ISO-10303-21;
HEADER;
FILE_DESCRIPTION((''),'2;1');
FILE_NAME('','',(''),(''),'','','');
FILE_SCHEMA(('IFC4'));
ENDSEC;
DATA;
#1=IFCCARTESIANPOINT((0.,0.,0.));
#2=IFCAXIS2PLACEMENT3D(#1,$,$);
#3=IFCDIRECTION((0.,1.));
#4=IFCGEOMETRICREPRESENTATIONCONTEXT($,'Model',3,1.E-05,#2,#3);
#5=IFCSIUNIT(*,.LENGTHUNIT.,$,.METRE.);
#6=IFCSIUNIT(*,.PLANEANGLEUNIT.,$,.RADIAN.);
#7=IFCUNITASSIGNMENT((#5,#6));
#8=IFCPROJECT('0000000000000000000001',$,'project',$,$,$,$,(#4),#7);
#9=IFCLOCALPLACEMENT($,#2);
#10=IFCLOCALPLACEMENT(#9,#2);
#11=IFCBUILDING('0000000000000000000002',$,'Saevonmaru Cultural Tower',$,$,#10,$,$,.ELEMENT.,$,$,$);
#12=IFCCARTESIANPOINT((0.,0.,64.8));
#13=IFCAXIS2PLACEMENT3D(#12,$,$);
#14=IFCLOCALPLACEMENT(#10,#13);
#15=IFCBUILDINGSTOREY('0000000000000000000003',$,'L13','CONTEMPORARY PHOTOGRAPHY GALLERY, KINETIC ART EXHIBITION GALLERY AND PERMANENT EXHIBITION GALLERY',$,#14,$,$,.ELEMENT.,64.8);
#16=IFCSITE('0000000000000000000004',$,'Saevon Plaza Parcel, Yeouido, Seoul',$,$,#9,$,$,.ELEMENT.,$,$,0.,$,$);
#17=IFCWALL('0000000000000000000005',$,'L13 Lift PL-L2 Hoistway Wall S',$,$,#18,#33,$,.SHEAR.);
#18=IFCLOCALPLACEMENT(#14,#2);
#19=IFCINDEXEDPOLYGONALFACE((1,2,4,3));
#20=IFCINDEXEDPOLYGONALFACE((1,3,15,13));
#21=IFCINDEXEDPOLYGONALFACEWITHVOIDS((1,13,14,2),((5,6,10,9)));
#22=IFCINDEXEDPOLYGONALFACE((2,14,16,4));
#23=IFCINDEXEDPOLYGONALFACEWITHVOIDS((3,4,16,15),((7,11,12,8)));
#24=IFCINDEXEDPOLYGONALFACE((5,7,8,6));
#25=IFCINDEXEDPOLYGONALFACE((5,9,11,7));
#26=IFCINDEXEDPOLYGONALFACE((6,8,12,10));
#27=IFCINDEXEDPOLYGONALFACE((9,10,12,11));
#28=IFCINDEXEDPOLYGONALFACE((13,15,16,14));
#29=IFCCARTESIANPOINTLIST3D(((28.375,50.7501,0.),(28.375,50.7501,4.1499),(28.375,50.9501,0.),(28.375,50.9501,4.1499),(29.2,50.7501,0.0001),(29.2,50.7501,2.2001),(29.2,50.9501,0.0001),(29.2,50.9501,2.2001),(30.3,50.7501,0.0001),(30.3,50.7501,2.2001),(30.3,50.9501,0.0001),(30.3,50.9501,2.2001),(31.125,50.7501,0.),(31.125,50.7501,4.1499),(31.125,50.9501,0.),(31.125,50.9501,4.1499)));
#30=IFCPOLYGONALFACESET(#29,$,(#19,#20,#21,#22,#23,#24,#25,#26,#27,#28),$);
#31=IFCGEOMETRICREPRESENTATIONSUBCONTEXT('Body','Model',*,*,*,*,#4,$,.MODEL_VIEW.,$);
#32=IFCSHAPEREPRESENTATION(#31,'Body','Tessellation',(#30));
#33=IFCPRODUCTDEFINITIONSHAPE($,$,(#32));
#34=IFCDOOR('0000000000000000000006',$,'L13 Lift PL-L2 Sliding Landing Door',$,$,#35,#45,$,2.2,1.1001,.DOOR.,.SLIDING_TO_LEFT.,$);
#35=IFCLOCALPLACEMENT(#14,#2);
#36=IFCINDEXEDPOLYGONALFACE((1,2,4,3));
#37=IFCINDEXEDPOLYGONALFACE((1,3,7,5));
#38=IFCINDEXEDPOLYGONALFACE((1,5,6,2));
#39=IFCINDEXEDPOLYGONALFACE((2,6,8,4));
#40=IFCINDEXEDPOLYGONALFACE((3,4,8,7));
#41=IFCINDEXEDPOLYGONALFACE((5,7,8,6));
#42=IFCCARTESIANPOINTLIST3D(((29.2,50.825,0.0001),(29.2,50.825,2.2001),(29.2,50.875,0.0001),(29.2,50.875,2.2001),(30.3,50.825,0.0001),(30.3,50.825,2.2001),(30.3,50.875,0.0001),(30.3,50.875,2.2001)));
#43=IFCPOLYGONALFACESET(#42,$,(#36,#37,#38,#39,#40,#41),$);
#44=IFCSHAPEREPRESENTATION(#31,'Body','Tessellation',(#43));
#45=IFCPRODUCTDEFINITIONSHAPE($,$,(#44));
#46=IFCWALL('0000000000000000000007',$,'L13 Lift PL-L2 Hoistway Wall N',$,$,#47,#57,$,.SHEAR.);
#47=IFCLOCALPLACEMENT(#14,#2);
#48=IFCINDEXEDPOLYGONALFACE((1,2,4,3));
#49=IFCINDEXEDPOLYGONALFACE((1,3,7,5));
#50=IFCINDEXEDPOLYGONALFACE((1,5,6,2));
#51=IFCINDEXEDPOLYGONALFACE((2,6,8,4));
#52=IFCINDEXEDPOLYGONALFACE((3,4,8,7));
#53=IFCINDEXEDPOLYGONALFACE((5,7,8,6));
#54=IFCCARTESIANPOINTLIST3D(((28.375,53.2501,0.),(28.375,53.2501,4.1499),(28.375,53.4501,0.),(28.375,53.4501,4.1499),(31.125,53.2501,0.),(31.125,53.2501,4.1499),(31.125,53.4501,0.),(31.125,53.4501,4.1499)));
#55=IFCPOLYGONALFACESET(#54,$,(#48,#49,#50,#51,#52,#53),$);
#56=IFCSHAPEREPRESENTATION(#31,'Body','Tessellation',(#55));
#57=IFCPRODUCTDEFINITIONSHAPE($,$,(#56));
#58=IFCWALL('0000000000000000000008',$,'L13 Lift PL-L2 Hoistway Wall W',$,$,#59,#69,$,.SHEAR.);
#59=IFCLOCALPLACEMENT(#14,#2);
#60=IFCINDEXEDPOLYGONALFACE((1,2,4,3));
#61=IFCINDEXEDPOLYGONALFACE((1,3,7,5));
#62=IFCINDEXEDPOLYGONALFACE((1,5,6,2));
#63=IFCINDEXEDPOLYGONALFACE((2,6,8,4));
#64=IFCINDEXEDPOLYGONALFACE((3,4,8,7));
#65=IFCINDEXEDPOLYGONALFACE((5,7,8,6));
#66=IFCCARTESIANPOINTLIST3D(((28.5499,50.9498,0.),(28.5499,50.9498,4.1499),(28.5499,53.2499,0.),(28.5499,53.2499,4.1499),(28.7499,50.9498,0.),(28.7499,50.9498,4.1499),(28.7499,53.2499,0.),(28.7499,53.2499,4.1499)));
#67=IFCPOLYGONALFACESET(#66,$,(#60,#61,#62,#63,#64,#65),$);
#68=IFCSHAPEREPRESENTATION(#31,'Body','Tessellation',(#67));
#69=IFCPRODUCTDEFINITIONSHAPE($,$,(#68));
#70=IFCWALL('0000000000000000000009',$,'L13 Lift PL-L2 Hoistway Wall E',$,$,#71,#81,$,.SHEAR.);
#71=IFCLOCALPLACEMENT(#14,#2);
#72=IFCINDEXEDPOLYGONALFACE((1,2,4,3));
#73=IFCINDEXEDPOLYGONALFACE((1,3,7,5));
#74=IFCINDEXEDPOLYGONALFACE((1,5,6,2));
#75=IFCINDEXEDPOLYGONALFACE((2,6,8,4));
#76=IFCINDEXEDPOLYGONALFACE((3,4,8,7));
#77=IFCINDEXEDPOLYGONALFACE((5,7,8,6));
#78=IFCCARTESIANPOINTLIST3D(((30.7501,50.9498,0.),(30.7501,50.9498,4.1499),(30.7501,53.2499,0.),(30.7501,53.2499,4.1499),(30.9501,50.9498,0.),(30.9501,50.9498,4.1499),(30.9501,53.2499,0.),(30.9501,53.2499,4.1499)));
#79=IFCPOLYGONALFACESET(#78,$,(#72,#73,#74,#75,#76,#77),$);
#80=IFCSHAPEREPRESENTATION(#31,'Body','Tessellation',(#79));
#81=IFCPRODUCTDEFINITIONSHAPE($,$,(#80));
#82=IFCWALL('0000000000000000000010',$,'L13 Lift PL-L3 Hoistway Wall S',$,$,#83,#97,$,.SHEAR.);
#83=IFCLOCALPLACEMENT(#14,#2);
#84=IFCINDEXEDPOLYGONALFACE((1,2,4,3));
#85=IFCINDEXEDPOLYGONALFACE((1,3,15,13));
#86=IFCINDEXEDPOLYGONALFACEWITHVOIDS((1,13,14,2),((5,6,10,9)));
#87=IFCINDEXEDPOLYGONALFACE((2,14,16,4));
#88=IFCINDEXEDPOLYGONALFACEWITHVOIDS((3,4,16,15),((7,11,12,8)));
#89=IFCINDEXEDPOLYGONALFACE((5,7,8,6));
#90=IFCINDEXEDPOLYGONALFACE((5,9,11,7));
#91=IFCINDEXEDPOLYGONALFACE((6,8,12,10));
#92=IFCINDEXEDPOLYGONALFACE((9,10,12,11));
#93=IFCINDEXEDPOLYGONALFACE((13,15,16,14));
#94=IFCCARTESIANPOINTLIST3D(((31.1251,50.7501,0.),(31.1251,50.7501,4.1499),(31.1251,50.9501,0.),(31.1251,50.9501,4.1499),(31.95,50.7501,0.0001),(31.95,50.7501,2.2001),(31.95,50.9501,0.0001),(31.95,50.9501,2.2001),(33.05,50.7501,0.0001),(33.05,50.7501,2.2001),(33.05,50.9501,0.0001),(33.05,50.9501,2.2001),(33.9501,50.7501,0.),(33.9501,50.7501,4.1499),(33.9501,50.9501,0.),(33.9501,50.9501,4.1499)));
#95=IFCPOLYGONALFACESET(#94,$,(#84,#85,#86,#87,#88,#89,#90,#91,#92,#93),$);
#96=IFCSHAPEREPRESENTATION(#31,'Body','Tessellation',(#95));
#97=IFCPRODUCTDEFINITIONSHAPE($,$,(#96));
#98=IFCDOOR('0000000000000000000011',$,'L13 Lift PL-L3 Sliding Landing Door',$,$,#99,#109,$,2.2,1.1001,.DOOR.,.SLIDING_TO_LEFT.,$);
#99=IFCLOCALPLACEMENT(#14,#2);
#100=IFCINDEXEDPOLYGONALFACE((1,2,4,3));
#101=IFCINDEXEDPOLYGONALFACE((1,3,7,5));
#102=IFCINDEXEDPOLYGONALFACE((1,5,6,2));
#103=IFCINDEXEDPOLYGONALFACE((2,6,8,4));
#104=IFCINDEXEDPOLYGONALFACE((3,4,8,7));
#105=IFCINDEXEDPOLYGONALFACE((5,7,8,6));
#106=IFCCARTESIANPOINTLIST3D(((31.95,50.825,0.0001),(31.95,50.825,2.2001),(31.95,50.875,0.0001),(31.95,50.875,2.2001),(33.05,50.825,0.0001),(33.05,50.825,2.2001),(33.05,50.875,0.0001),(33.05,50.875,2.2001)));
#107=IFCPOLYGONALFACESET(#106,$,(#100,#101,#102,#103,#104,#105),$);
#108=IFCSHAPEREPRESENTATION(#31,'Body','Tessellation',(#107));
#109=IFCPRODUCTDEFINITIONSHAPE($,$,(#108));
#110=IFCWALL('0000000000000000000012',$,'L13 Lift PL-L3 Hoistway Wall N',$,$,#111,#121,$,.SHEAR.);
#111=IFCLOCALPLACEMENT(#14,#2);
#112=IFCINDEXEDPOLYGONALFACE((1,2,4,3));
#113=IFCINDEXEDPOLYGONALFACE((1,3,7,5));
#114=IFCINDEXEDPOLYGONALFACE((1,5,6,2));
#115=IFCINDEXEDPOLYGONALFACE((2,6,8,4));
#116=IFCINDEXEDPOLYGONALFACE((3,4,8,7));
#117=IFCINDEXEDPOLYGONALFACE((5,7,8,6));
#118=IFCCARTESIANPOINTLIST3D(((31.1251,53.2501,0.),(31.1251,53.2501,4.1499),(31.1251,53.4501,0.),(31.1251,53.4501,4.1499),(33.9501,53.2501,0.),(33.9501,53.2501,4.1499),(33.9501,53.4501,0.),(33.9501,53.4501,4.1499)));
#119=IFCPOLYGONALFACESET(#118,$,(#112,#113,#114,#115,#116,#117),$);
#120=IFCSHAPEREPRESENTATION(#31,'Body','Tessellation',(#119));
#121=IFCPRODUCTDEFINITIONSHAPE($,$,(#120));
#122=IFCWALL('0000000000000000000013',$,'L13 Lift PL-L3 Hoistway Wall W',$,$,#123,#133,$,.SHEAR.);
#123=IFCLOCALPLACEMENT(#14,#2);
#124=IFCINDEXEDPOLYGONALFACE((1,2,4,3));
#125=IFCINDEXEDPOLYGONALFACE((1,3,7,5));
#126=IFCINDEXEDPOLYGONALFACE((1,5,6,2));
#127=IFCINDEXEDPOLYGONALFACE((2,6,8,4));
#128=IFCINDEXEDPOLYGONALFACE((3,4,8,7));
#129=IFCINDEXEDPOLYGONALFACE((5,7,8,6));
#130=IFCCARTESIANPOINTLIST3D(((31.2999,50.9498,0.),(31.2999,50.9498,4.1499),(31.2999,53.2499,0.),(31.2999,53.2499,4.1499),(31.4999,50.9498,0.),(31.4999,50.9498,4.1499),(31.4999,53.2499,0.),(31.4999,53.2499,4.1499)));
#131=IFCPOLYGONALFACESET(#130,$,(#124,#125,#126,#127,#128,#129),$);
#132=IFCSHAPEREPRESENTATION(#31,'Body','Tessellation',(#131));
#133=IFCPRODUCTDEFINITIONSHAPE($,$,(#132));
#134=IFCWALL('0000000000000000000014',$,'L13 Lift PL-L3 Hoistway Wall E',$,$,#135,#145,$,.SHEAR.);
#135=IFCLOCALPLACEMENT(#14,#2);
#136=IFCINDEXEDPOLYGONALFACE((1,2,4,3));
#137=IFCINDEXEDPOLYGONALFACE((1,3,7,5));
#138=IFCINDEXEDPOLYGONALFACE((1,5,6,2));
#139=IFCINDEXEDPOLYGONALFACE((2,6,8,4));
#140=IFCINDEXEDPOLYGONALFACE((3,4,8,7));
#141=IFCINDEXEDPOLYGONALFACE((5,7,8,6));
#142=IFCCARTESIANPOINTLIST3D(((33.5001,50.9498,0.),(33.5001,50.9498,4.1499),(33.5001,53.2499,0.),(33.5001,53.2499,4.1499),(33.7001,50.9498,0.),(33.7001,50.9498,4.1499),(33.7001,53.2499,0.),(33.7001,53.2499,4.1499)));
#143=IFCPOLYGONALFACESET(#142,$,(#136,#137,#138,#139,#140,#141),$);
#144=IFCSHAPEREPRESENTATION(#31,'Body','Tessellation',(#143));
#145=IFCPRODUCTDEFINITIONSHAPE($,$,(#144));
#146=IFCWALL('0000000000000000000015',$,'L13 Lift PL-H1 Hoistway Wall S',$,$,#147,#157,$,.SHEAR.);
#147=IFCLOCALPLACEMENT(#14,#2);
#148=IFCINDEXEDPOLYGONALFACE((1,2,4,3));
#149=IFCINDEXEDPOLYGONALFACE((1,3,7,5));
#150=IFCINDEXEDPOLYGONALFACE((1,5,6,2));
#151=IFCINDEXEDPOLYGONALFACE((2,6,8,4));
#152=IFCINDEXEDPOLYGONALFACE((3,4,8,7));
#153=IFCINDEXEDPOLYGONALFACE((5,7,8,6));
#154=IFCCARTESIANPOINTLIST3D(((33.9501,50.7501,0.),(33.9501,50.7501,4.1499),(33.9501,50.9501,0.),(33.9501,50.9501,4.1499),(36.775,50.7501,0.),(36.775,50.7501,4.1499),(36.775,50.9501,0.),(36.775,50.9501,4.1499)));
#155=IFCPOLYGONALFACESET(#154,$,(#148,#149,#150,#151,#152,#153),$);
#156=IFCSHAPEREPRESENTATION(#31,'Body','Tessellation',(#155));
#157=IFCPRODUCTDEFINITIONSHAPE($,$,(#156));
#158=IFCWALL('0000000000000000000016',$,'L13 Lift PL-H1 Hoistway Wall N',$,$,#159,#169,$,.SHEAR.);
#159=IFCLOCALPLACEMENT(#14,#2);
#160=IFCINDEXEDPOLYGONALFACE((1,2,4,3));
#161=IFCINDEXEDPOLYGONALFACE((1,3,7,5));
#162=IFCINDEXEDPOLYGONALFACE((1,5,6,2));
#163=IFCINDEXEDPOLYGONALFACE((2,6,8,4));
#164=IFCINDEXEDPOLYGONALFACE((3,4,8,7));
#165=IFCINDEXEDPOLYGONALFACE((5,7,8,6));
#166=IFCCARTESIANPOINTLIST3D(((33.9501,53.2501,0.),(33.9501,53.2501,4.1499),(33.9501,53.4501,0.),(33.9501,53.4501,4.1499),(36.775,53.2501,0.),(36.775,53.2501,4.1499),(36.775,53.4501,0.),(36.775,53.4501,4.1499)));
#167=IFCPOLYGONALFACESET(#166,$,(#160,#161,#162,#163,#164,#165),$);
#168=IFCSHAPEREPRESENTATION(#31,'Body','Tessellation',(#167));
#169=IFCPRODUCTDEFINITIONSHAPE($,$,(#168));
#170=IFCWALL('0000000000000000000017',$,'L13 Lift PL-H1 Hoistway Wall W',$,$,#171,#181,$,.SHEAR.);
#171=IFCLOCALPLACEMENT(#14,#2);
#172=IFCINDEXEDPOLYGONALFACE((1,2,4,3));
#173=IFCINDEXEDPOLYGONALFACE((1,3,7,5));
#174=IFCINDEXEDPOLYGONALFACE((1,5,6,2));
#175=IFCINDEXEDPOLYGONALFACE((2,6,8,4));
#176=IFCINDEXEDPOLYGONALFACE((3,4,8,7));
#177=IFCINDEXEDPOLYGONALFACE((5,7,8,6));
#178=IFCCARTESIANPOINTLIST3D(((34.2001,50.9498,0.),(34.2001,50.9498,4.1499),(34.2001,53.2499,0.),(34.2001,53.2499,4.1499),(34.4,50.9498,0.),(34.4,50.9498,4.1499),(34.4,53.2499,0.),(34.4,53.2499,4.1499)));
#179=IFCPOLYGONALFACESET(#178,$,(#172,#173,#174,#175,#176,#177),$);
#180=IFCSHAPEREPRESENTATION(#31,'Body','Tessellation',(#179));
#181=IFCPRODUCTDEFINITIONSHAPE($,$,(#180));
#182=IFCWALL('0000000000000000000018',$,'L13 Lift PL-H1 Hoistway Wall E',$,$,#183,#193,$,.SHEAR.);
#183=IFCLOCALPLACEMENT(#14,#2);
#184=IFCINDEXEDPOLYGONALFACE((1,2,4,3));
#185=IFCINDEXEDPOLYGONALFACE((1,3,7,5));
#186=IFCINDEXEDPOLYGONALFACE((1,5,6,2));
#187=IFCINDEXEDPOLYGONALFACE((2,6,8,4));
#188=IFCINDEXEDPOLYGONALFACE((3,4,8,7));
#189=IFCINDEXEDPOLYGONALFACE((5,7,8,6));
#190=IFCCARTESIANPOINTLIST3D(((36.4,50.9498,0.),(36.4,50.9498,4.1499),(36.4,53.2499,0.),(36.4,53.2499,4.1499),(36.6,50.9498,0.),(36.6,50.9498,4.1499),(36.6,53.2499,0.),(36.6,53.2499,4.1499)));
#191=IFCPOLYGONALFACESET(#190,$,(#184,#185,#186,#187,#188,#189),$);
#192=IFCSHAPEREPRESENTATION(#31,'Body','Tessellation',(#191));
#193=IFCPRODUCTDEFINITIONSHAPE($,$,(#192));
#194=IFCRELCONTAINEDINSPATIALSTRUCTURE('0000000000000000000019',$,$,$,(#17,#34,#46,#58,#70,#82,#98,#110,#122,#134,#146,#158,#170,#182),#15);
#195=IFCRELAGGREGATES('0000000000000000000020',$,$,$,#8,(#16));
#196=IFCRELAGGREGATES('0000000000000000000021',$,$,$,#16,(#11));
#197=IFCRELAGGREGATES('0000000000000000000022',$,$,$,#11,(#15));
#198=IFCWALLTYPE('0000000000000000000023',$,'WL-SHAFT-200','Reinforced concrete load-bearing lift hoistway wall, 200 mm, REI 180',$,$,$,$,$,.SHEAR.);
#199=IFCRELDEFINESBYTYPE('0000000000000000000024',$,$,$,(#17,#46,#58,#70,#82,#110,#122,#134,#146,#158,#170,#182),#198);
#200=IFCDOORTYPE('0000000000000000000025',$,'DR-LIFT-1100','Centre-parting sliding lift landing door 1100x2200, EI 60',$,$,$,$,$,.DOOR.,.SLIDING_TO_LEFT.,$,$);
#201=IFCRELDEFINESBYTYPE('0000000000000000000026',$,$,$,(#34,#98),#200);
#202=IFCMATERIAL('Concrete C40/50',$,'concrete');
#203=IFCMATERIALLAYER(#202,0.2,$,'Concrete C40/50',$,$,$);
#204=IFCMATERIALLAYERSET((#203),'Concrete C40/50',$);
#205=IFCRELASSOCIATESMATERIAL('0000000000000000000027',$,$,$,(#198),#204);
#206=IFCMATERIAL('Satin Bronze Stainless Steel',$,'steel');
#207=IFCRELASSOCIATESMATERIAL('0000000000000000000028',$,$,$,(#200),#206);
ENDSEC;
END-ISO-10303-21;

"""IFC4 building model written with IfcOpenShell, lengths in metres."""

from ifc_helpers import new_model, si_unit, direction, frame, frame_2d, origin, place, context, subcontext, project, spatial, rectangle, extrude, material, layer, layer_set, type_object, element, fill, save


model = new_model("IFC4")

# Units and contexts
model_context = context("Model", 3, precision=1e-05, world=origin(), true_north=direction((0.0, 1.0)))
body_context = subcontext(model_context, "Body", "Model", "MODEL_VIEW")
ifc_project = project(units=[si_unit("LENGTHUNIT", "METRE"), si_unit("PLANEANGLEUNIT", "RADIAN")], contexts=[model_context])

# Site, building, storey
site_placement = place(None, origin())
site = spatial("IfcSite", under=ifc_project, at=site_placement, Name="Saevon Plaza Parcel, Yeouido, Seoul", CompositionType="ELEMENT", RefElevation=0.0)
building_placement = place(site_placement, origin())
building = spatial("IfcBuilding", under=site, at=building_placement, Name="Saevonmaru Cultural Tower", CompositionType="ELEMENT")
storey_placement = place(building_placement, frame((0.0, 0.0, 64.8)))
storey = spatial("IfcBuildingStorey", under=building, at=storey_placement, Name="L13", Description="CONTEMPORARY PHOTOGRAPHY GALLERY, KINETIC ART EXHIBITION GALLERY AND PERMANENT EXHIBITION GALLERY", CompositionType="ELEMENT", Elevation=64.8)

# Shared definitions
ifc_material_1 = material(Name="Concrete C40/50", Category="concrete")
ifc_layer_1 = layer(ifc_material_1, 0.2, Name="Concrete C40/50")
ifc_layer_set_1 = layer_set([ifc_layer_1], Name="Concrete C40/50")
wall_type_1 = type_object("IfcWallType", Name="WL-SHAFT-200", Description="Reinforced concrete load-bearing lift hoistway wall, 200 mm, REI 180", PredefinedType="SHEAR", material=ifc_layer_set_1)

# Wall, opening, door
wall_1_placement = place(storey_placement, frame((28.375, 50.8501, 0.0), z_axis=(0.0, 0.0, 1.0), x_axis=(1.0, 0.0, 0.0)))
wall_1 = element("IfcWall", 1, at=wall_1_placement, inside=storey, type_object=wall_type_1, Name="L13 Lift PL-L2 Hoistway Wall S", PredefinedType="SHEAR", context=body_context, shape_type="SweptSolid", body=[
    extrude(rectangle(XDim=2.75, YDim=0.2, at=frame_2d((1.375, 0.0))), origin(), (0.0, 0.0, 1.0), 4.1499),
])
opening_1_placement = place(wall_1_placement, frame((0.825, 0.0, 0.0)))
opening_1 = element("IfcOpeningElement", 2, at=opening_1_placement, cuts=wall_1, PredefinedType="OPENING", context=body_context, shape_type="SweptSolid", body=[
    extrude(rectangle(XDim=1.1001, YDim=2.2, at=frame_2d((0.55, 1.1001))), frame((0.0, 0.1099, 0.0), z_axis=(0.0, -1.0, 0.0), x_axis=(1.0, 0.0, 0.0)), (0.0, 0.0, 1.0), 0.22),
])
ifc_material_2 = material(Name="Satin Bronze Stainless Steel", Category="steel")
door_type_1 = type_object("IfcDoorType", Name="DR-LIFT-1100", Description="Centre-parting sliding lift landing door 1100x2200, EI 60", OperationType="SLIDING_TO_LEFT", PredefinedType="DOOR", material=ifc_material_2)
door_1_placement = place(opening_1_placement, origin())
door_1 = element("IfcDoor", 3, at=door_1_placement, inside=storey, type_object=door_type_1, Name="L13 Lift PL-L2 Sliding Landing Door", OperationType="SLIDING_TO_LEFT", OverallHeight=2.2, OverallWidth=1.1001, PredefinedType="DOOR", context=body_context, shape_type="SweptSolid", body=[
    extrude(rectangle(XDim=1.1001, YDim=2.2, at=frame_2d((0.55, 1.1001))), frame((0.0, 0.0249, 0.0), z_axis=(0.0, -1.0, 0.0), x_axis=(1.0, 0.0, 0.0)), (0.0, 0.0, 1.0), 0.05),
])
fill(opening_1, door_1)

# Walls
wall_2_placement = place(storey_placement, frame((28.375, 53.3501, 0.0), z_axis=(0.0, 0.0, 1.0), x_axis=(1.0, 0.0, 0.0)))
element("IfcWall", 4, at=wall_2_placement, inside=storey, type_object=wall_type_1, Name="L13 Lift PL-L2 Hoistway Wall N", PredefinedType="SHEAR", context=body_context, shape_type="SweptSolid", body=[
    extrude(rectangle(XDim=2.75, YDim=0.2, at=frame_2d((1.375, 0.0))), origin(), (0.0, 0.0, 1.0), 4.1499),
])
for number, where, z_axis, x_axis, name in (
    (5, (28.6499, 50.95, 0.0), (0.0, 0.0, 1.0), (0.0, 1.0, 0.0), "L13 Lift PL-L2 Hoistway Wall W"),
    (6, (30.8501, 50.95, 0.0), (0.0, 0.0, 1.0), (0.0, 1.0, 0.0), "L13 Lift PL-L2 Hoistway Wall E"),
):
    element("IfcWall", number, at=place(storey_placement, frame(where, z_axis=z_axis, x_axis=x_axis)), inside=storey, type_object=wall_type_1, Name=name, PredefinedType="SHEAR", context=body_context, shape_type="SweptSolid", body=[
        extrude(rectangle(XDim=2.3, YDim=0.2, at=frame_2d((1.1499, 0.0))), origin(), (0.0, 0.0, 1.0), 4.1499),
    ])

# Wall, opening, door
wall_3_placement = place(storey_placement, frame((31.125, 50.8501, 0.0), z_axis=(0.0, 0.0, 1.0), x_axis=(1.0, 0.0, 0.0)))
wall_3 = element("IfcWall", 7, at=wall_3_placement, inside=storey, type_object=wall_type_1, Name="L13 Lift PL-L3 Hoistway Wall S", PredefinedType="SHEAR", context=body_context, shape_type="SweptSolid", body=[
    extrude(rectangle(XDim=2.825, YDim=0.2, at=frame_2d((1.4126, 0.0))), origin(), (0.0, 0.0, 1.0), 4.1499),
])
opening_2_placement = place(wall_3_placement, frame((0.825, 0.0, 0.0)))
opening_2 = element("IfcOpeningElement", 8, at=opening_2_placement, cuts=wall_3, PredefinedType="OPENING", context=body_context, shape_type="SweptSolid", body=[
    extrude(rectangle(XDim=1.1001, YDim=2.2, at=frame_2d((0.55, 1.1001))), frame((0.0, 0.1099, 0.0), z_axis=(0.0, -1.0, 0.0), x_axis=(1.0, 0.0, 0.0)), (0.0, 0.0, 1.0), 0.22),
])
door_2_placement = place(opening_2_placement, origin())
door_2 = element("IfcDoor", 9, at=door_2_placement, inside=storey, type_object=door_type_1, Name="L13 Lift PL-L3 Sliding Landing Door", OperationType="SLIDING_TO_LEFT", OverallHeight=2.2, OverallWidth=1.1001, PredefinedType="DOOR", context=body_context, shape_type="SweptSolid", body=[
    extrude(rectangle(XDim=1.1001, YDim=2.2, at=frame_2d((0.55, 1.1001))), frame((0.0, 0.0249, 0.0), z_axis=(0.0, -1.0, 0.0), x_axis=(1.0, 0.0, 0.0)), (0.0, 0.0, 1.0), 0.05),
])
fill(opening_2, door_2)

# Walls
wall_4_placement = place(storey_placement, frame((31.125, 53.3501, 0.0), z_axis=(0.0, 0.0, 1.0), x_axis=(1.0, 0.0, 0.0)))
element("IfcWall", 10, at=wall_4_placement, inside=storey, type_object=wall_type_1, Name="L13 Lift PL-L3 Hoistway Wall N", PredefinedType="SHEAR", context=body_context, shape_type="SweptSolid", body=[
    extrude(rectangle(XDim=2.825, YDim=0.2, at=frame_2d((1.4126, 0.0))), origin(), (0.0, 0.0, 1.0), 4.1499),
])
for number, where, z_axis, x_axis, name in (
    (11, (31.3999, 50.95, 0.0), (0.0, 0.0, 1.0), (0.0, 1.0, 0.0), "L13 Lift PL-L3 Hoistway Wall W"),
    (12, (33.6001, 50.95, 0.0), (0.0, 0.0, 1.0), (0.0, 1.0, 0.0), "L13 Lift PL-L3 Hoistway Wall E"),
):
    element("IfcWall", number, at=place(storey_placement, frame(where, z_axis=z_axis, x_axis=x_axis)), inside=storey, type_object=wall_type_1, Name=name, PredefinedType="SHEAR", context=body_context, shape_type="SweptSolid", body=[
        extrude(rectangle(XDim=2.3, YDim=0.2, at=frame_2d((1.1499, 0.0))), origin(), (0.0, 0.0, 1.0), 4.1499),
    ])
for number, where, z_axis, x_axis, name in (
    (13, (33.95, 50.8501, 0.0), (0.0, 0.0, 1.0), (1.0, 0.0, 0.0), "L13 Lift PL-H1 Hoistway Wall S"),
    (14, (33.95, 53.3501, 0.0), (0.0, 0.0, 1.0), (1.0, 0.0, 0.0), "L13 Lift PL-H1 Hoistway Wall N"),
):
    element("IfcWall", number, at=place(storey_placement, frame(where, z_axis=z_axis, x_axis=x_axis)), inside=storey, type_object=wall_type_1, Name=name, PredefinedType="SHEAR", context=body_context, shape_type="SweptSolid", body=[
        extrude(rectangle(XDim=2.825, YDim=0.2, at=frame_2d((1.4126, 0.0))), origin(), (0.0, 0.0, 1.0), 4.1499),
    ])
for number, where, z_axis, x_axis, name in (
    (15, (34.3, 50.95, 0.0), (0.0, 0.0, 1.0), (0.0, 1.0, 0.0), "L13 Lift PL-H1 Hoistway Wall W"),
    (16, (36.5, 50.95, 0.0), (0.0, 0.0, 1.0), (0.0, 1.0, 0.0), "L13 Lift PL-H1 Hoistway Wall E"),
):
    element("IfcWall", number, at=place(storey_placement, frame(where, z_axis=z_axis, x_axis=x_axis)), inside=storey, type_object=wall_type_1, Name=name, PredefinedType="SHEAR", context=body_context, shape_type="SweptSolid", body=[
        extrude(rectangle(XDim=2.3, YDim=0.2, at=frame_2d((1.1499, 0.0))), origin(), (0.0, 0.0, 1.0), 4.1499),
    ])

save(model, "model.ifc")
